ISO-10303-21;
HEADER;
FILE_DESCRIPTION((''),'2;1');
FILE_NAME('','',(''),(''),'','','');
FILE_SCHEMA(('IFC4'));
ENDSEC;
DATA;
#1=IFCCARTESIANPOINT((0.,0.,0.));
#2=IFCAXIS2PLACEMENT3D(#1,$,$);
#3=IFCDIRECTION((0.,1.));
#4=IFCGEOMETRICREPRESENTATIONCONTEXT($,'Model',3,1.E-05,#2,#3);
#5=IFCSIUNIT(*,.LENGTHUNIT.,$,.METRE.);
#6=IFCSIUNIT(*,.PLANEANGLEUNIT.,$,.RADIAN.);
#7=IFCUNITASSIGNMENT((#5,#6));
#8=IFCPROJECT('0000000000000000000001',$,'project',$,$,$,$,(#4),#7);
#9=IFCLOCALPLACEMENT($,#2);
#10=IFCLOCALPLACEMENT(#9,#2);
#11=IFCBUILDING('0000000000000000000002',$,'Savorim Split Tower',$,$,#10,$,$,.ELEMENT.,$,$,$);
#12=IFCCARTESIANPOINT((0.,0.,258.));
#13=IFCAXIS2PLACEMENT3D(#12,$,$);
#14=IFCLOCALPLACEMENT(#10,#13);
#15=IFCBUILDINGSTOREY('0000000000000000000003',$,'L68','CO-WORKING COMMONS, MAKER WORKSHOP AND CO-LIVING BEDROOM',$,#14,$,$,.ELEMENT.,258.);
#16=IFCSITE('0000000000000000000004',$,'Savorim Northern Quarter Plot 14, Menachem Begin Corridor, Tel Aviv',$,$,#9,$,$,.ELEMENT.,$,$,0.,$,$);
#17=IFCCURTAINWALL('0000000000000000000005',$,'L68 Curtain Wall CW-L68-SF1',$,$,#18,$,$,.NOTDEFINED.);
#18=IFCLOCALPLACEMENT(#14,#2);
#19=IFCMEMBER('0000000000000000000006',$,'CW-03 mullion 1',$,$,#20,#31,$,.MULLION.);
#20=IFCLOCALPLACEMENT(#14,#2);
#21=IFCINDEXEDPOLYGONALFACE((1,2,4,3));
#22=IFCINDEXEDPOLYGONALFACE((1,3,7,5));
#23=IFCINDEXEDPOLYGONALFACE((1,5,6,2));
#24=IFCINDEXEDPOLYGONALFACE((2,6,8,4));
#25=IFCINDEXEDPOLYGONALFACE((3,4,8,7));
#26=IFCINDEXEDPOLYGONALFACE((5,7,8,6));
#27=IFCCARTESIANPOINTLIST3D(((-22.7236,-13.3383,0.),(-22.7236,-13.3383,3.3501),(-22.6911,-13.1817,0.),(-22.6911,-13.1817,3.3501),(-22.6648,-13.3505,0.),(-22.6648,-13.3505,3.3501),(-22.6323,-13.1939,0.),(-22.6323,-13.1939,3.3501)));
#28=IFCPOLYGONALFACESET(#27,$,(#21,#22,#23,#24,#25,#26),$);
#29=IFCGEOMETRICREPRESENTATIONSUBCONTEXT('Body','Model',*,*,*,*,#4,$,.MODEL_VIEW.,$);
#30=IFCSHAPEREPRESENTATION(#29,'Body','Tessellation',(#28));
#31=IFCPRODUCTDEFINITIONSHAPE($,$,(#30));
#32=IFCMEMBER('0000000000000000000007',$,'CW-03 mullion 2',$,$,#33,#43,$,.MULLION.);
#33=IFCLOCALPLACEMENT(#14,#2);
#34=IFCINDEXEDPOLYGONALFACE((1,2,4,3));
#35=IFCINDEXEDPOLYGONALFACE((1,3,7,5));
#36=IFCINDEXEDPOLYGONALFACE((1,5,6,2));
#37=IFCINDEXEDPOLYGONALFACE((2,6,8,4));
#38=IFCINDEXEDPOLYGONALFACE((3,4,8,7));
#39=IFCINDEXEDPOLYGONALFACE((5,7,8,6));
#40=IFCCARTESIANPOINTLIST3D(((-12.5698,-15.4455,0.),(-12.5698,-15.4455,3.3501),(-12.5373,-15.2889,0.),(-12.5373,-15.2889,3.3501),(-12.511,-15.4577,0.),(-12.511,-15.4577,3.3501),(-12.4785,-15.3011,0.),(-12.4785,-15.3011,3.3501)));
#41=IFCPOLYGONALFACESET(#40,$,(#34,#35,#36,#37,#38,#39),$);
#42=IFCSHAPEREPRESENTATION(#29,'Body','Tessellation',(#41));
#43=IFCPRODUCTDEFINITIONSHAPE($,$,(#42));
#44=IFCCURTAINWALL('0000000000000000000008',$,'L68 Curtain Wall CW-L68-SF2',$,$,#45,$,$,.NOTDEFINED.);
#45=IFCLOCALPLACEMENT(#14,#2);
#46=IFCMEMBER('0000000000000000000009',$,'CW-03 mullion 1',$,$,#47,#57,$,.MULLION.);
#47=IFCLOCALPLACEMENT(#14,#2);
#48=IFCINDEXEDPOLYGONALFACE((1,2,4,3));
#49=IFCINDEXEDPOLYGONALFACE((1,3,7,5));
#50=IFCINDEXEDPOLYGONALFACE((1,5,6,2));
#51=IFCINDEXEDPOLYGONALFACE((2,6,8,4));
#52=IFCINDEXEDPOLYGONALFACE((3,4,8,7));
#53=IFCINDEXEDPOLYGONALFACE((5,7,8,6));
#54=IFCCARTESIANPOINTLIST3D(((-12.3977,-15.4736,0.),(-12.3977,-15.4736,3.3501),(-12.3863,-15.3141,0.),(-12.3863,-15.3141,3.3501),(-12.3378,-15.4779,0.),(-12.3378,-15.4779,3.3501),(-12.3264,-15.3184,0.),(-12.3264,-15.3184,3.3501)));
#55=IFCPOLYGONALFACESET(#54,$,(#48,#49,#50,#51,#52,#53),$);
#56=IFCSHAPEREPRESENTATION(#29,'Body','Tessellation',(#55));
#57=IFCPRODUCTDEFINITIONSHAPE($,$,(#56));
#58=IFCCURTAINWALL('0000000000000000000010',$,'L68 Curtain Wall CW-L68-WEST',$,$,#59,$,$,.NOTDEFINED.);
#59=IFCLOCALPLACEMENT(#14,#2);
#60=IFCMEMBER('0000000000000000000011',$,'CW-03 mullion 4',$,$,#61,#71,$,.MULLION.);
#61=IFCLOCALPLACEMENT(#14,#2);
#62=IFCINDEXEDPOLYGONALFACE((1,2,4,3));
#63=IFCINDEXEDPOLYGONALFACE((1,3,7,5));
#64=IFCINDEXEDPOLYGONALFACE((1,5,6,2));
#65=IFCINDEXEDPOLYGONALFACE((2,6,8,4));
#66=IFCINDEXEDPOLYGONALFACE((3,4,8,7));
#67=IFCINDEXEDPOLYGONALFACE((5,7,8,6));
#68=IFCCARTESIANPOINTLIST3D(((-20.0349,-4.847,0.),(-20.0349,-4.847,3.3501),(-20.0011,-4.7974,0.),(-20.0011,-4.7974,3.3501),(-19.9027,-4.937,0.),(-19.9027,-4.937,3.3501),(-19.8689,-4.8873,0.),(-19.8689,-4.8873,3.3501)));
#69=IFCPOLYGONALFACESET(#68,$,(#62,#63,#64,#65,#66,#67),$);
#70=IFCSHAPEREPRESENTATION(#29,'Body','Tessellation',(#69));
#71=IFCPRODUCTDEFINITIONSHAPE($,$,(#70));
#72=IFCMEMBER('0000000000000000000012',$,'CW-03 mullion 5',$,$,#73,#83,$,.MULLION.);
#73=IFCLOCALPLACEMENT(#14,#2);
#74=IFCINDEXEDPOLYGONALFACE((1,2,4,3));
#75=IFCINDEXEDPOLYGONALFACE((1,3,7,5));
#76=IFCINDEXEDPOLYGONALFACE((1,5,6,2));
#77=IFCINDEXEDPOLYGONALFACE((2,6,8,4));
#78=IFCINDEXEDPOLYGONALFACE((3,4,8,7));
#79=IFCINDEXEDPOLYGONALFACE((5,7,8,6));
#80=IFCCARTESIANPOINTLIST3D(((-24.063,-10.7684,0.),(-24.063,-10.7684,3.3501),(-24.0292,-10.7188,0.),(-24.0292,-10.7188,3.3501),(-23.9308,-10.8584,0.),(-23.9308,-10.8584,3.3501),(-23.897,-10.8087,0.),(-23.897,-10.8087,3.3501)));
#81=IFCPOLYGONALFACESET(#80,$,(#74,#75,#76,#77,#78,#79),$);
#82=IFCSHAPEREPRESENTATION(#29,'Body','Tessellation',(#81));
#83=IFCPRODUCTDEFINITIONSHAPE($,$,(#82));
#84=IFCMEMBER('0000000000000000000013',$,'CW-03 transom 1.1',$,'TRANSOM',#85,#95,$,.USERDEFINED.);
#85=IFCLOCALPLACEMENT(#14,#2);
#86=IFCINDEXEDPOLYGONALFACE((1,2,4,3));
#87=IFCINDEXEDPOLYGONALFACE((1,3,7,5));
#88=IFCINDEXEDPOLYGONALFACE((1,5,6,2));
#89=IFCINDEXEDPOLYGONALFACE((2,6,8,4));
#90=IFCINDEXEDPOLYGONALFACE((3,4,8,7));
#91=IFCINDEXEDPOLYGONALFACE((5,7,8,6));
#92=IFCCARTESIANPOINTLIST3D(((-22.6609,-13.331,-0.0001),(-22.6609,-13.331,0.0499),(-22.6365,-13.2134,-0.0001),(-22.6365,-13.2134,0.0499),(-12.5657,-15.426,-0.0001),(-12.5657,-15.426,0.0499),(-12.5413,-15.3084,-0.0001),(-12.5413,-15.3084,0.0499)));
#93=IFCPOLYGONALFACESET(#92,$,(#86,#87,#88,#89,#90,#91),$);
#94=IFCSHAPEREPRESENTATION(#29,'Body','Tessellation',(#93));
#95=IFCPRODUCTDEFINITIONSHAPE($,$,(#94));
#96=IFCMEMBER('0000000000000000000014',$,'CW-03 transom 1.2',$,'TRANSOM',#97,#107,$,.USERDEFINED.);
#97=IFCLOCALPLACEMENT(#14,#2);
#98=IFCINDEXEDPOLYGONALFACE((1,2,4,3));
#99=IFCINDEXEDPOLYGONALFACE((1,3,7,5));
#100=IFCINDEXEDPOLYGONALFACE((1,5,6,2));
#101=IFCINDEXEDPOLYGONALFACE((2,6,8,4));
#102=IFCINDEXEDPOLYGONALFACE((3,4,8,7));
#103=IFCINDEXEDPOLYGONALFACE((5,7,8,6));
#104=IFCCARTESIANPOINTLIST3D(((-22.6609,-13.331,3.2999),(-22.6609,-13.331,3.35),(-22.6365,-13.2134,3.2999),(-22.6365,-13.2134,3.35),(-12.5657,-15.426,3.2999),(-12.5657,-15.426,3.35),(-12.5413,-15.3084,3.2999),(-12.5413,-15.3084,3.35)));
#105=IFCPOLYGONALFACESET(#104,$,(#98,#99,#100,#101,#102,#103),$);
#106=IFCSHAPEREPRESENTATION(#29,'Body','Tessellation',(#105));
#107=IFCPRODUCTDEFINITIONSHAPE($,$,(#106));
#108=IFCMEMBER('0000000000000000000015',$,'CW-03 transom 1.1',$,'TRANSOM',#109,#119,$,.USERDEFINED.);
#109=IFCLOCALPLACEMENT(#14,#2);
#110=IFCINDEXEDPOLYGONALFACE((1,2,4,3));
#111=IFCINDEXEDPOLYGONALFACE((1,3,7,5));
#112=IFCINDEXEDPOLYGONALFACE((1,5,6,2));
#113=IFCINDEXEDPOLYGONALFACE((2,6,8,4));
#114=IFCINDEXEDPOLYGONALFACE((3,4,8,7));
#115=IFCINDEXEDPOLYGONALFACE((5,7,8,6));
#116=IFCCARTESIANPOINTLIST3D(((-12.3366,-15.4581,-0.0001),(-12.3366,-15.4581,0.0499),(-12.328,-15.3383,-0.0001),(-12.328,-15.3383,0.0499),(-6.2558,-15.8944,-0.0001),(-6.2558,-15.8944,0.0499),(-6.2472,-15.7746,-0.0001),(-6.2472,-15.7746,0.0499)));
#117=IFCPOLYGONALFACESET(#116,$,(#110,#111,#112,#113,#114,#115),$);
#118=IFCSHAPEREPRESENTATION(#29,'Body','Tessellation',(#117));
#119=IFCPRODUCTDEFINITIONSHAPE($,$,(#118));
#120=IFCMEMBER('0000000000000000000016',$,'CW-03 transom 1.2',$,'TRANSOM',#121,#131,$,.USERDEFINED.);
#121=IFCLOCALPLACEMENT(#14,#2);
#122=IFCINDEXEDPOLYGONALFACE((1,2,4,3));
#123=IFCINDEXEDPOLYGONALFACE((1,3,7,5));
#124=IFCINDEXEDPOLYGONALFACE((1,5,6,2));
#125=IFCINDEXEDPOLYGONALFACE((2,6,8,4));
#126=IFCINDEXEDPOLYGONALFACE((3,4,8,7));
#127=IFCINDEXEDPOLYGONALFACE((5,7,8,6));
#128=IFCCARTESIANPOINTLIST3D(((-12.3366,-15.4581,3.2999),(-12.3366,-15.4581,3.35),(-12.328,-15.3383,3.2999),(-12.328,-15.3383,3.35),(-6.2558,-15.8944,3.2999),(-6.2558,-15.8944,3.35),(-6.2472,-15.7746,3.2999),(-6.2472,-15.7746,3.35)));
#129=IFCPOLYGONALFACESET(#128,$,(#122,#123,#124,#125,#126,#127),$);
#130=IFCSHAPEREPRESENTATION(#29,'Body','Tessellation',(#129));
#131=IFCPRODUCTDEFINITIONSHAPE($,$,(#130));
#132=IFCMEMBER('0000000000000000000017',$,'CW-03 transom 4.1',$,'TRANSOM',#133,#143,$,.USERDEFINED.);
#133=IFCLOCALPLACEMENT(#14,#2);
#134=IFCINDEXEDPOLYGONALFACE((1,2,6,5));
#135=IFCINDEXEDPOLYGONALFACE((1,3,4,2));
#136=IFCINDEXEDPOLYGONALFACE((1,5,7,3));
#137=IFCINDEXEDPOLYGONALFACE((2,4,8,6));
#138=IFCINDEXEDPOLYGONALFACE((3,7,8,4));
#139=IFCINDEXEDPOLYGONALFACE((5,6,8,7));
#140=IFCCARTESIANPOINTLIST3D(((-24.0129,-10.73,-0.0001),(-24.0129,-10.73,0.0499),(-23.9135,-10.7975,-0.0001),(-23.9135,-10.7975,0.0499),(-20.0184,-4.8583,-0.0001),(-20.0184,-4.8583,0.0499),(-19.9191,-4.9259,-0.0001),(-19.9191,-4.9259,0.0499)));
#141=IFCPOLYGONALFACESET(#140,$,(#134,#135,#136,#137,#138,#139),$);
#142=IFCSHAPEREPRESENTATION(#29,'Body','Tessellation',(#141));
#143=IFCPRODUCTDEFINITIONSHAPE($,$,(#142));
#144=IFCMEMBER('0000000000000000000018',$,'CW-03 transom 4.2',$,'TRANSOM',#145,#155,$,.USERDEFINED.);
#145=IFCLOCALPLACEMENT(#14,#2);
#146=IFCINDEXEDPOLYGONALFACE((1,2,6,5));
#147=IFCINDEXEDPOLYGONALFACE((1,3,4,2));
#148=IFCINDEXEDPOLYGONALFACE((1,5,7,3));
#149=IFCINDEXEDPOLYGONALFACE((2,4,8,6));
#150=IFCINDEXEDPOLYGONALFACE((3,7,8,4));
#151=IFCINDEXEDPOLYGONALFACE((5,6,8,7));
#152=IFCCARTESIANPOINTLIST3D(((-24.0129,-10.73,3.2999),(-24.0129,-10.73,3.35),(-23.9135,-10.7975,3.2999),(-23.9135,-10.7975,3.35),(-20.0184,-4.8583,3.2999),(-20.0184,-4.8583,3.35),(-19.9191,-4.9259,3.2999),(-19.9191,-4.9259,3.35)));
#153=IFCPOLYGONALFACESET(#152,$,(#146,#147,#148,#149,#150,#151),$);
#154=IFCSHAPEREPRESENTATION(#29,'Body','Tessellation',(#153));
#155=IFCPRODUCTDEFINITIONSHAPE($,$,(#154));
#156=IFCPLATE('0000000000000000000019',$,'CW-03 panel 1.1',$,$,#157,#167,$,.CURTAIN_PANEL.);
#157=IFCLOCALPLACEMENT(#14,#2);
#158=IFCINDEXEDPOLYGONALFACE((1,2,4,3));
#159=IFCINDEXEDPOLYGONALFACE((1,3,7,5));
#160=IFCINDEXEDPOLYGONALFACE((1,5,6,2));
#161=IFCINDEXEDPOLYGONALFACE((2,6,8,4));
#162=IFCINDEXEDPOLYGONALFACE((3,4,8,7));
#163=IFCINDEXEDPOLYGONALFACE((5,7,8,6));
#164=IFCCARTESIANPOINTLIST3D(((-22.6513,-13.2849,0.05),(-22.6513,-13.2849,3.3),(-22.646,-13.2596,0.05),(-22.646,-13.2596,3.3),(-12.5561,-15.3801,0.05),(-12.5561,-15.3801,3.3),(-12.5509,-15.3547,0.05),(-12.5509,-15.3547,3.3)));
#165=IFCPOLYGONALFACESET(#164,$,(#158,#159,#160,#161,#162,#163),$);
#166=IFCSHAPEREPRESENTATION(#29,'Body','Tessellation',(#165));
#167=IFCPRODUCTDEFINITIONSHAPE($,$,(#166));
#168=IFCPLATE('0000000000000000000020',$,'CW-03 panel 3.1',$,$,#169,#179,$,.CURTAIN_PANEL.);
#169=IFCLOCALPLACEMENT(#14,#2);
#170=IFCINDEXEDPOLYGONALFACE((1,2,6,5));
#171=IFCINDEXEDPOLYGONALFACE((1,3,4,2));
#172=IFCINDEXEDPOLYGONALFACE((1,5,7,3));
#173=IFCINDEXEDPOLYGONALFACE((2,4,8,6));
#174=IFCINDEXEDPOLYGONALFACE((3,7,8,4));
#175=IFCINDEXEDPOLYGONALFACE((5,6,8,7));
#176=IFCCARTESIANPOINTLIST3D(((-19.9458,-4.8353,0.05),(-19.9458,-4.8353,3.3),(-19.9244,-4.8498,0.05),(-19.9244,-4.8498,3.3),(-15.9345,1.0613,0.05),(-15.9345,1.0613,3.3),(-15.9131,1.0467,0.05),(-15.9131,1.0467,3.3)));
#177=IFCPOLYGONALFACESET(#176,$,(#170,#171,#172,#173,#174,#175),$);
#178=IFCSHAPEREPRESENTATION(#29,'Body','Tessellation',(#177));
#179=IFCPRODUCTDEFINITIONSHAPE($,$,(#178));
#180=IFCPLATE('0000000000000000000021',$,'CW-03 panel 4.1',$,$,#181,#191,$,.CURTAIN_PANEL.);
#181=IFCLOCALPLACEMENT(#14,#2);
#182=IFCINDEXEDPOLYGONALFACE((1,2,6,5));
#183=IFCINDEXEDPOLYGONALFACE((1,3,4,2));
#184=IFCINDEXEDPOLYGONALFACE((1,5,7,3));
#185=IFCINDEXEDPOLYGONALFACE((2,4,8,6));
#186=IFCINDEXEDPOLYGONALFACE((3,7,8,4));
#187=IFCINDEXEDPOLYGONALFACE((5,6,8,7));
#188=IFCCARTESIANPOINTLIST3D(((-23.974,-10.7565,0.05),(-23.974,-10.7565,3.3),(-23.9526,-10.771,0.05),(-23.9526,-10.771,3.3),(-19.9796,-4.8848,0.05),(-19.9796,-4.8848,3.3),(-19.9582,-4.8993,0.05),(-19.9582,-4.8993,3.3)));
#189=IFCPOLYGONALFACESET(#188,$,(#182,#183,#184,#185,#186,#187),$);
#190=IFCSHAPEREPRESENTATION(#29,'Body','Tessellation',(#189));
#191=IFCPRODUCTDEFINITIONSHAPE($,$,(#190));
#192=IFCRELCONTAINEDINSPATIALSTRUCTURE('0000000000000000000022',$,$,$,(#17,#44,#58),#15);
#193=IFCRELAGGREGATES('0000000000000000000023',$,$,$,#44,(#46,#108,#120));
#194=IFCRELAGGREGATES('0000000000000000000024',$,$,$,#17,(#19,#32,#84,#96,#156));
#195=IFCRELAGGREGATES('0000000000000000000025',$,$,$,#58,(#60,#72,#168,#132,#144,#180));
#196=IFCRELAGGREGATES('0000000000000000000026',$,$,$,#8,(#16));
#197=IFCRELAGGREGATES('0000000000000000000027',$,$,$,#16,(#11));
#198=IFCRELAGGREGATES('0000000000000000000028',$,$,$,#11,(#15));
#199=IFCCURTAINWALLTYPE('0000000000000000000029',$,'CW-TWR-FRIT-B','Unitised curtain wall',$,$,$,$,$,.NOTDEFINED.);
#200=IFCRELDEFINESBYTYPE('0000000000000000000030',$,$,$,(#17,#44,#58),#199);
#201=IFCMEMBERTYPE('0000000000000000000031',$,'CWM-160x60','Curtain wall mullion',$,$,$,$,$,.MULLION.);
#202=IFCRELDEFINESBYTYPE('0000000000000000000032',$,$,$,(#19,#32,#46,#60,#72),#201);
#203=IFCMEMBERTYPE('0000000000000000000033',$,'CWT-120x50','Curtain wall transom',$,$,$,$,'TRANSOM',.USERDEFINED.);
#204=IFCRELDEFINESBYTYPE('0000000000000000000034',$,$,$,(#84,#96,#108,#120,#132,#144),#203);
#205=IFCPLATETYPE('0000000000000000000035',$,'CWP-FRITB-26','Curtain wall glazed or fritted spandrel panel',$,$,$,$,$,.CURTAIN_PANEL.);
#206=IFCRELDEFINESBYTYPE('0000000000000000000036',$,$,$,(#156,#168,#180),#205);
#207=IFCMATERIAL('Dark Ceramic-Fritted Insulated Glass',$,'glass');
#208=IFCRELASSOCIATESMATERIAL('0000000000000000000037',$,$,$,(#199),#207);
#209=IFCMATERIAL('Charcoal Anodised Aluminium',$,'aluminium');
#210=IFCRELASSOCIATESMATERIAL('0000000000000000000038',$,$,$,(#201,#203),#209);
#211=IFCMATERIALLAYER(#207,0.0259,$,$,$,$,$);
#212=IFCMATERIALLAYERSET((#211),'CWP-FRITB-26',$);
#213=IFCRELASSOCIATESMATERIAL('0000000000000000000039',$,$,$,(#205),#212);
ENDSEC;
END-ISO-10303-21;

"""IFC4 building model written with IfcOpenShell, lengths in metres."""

from ifc_helpers import new_model, si_unit, direction, frame, origin, origin_2d, place, context, subcontext, project, spatial, rectangle, extrude, material, layer, layer_set, material_profile, profile_set, type_object, element, aggregate, save


model = new_model("IFC4")

# Units and contexts
model_context = context("Model", 3, precision=1e-05, world=origin(), true_north=direction((0.0, 1.0)))
body_context = subcontext(model_context, "Body", "Model", "MODEL_VIEW")
ifc_project = project(units=[si_unit("LENGTHUNIT", "METRE"), si_unit("PLANEANGLEUNIT", "RADIAN")], contexts=[model_context])

# Site, building, storey
site_placement = place(None, origin())
site = spatial("IfcSite", under=ifc_project, at=site_placement, Name="Savorim Northern Quarter Plot 14, Menachem Begin Corridor, Tel Aviv", CompositionType="ELEMENT", RefElevation=0.0)
building_placement = place(site_placement, origin())
building = spatial("IfcBuilding", under=site, at=building_placement, Name="Savorim Split Tower", CompositionType="ELEMENT")
storey_placement = place(building_placement, frame((0.0, 0.0, 258.0)))
storey = spatial("IfcBuildingStorey", under=building, at=storey_placement, Name="L68", Description="CO-WORKING COMMONS, MAKER WORKSHOP AND CO-LIVING BEDROOM", CompositionType="ELEMENT", Elevation=258.0)

# Curtain wall, members
ifc_material_1 = material(Name="Dark Ceramic-Fritted Insulated Glass", Category="glass")
curtain_wall_type = type_object("IfcCurtainWallType", Name="CW-TWR-FRIT-B", Description="Unitised curtain wall", PredefinedType="NOTDEFINED", material=ifc_material_1)
curtain_wall_1_placement = place(storey_placement, origin())
curtain_wall_1 = element("IfcCurtainWall", 1, at=curtain_wall_1_placement, inside=storey, type_object=curtain_wall_type, Name="L68 Curtain Wall CW-L68-SF1", PredefinedType="NOTDEFINED")
ifc_material_2 = material(Name="Charcoal Anodised Aluminium", Category="aluminium")
ifc_material_profile_1 = material_profile(ifc_material_2, rectangle(XDim=0.1599, YDim=0.0601, at=origin_2d()), Name="ALU-M 160x60")
ifc_profile_set_1 = profile_set([ifc_material_profile_1], Name="Charcoal Anodised Aluminium")
member_type_1 = type_object("IfcMemberType", Name="CWM-160x60", Description="Curtain wall mullion", PredefinedType="MULLION", material=ifc_profile_set_1)
member_1_placement = place(storey_placement, frame((-22.678, -13.2661, 0.0), z_axis=(0.0, 0.0, 1.0), x_axis=(0.203208, 0.979136, 0.0)))
member_1 = element("IfcMember", 2, at=member_1_placement, type_object=member_type_1, Name="CW-03 mullion 1", PredefinedType="MULLION", context=body_context, shape_type="SweptSolid", body=[
    extrude(rectangle(XDim=0.1599, YDim=0.0601, at=origin_2d()), origin(), (0.0, 0.0, 1.0), 3.3501),
])
member_2_placement = place(storey_placement, frame((-12.5242, -15.3733, 0.0), z_axis=(0.0, 0.0, 1.0), x_axis=(0.203208, 0.979136, 0.0)))
member_2 = element("IfcMember", 3, at=member_2_placement, type_object=member_type_1, Name="CW-03 mullion 2", PredefinedType="MULLION", context=body_context, shape_type="SweptSolid", body=[
    extrude(rectangle(XDim=0.1599, YDim=0.0601, at=origin_2d()), origin(), (0.0, 0.0, 1.0), 3.3501),
])

# Curtain wall, member
curtain_wall_2_placement = place(storey_placement, origin())
curtain_wall_2 = element("IfcCurtainWall", 4, at=curtain_wall_2_placement, inside=storey, type_object=curtain_wall_type, Name="L68 Curtain Wall CW-L68-SF2", PredefinedType="NOTDEFINED")
member_3_placement = place(storey_placement, frame((-12.3621, -15.396, 0.0), z_axis=(0.0, 0.0, 1.0), x_axis=(0.071562, 0.997436, 0.0)))
member_3 = element("IfcMember", 5, at=member_3_placement, type_object=member_type_1, Name="CW-03 mullion 1", PredefinedType="MULLION", context=body_context, shape_type="SweptSolid", body=[
    extrude(rectangle(XDim=0.1599, YDim=0.0601, at=origin_2d()), origin(), (0.0, 0.0, 1.0), 3.3501),
])

# Curtain wall, members
curtain_wall_3_placement = place(storey_placement, origin())
curtain_wall_3 = element("IfcCurtainWall", 6, at=curtain_wall_3_placement, inside=storey, type_object=curtain_wall_type, Name="L68 Curtain Wall CW-L68-WEST", PredefinedType="NOTDEFINED")
member_4_placement = place(storey_placement, frame((-19.9519, -4.8672, 0.0), z_axis=(0.0, 0.0, 1.0), x_axis=(0.826817, -0.56247, 0.0)))
member_4 = element("IfcMember", 7, at=member_4_placement, type_object=member_type_1, Name="CW-03 mullion 4", PredefinedType="MULLION", context=body_context, shape_type="SweptSolid", body=[
    extrude(rectangle(XDim=0.1599, YDim=0.0601, at=origin_2d()), origin(), (0.0, 0.0, 1.0), 3.3501),
])
member_5_placement = place(storey_placement, frame((-23.98, -10.7886, 0.0), z_axis=(0.0, 0.0, 1.0), x_axis=(0.826817, -0.56247, 0.0)))
member_5 = element("IfcMember", 8, at=member_5_placement, type_object=member_type_1, Name="CW-03 mullion 5", PredefinedType="MULLION", context=body_context, shape_type="SweptSolid", body=[
    extrude(rectangle(XDim=0.1599, YDim=0.0601, at=origin_2d()), origin(), (0.0, 0.0, 1.0), 3.3501),
])

# Members
ifc_material_profile_2 = material_profile(ifc_material_2, rectangle(XDim=0.1201, YDim=0.05, at=origin_2d()), Name="ALU-T 120x50")
ifc_profile_set_2 = profile_set([ifc_material_profile_2], Name="Charcoal Anodised Aluminium")
member_type_2 = type_object("IfcMemberType", Name="CWT-120x50", Description="Curtain wall transom", ElementType="TRANSOM", PredefinedType="USERDEFINED", material=ifc_profile_set_2)
member_6_placement = place(storey_placement, frame((-22.6487, -13.2722, 0.0249), z_axis=(0.979139, -0.203192, 0.0), x_axis=(0.203192, 0.979139, 0.0)))
member_6 = element("IfcMember", 9, at=member_6_placement, type_object=member_type_2, Name="CW-03 transom 1.1", ObjectType="TRANSOM", PredefinedType="USERDEFINED", context=body_context, shape_type="SweptSolid", body=[
    extrude(rectangle(XDim=0.1201, YDim=0.05, at=origin_2d()), origin(), (0.0, 0.0, 1.0), 10.3103),
])
member_7_placement = place(storey_placement, frame((-22.6487, -13.2722, 3.325), z_axis=(0.979139, -0.203192, 0.0), x_axis=(0.203192, 0.979139, 0.0)))
member_7 = element("IfcMember", 10, at=member_7_placement, type_object=member_type_2, Name="CW-03 transom 1.2", ObjectType="TRANSOM", PredefinedType="USERDEFINED", context=body_context, shape_type="SweptSolid", body=[
    extrude(rectangle(XDim=0.1201, YDim=0.05, at=origin_2d()), origin(), (0.0, 0.0, 1.0), 10.3103),
])
member_8_placement = place(storey_placement, frame((-12.3323, -15.3982, 0.0249), z_axis=(0.997436, -0.071563, 0.0), x_axis=(0.071563, 0.997436, 0.0)))
member_8 = element("IfcMember", 11, at=member_8_placement, type_object=member_type_2, Name="CW-03 transom 1.1", ObjectType="TRANSOM", PredefinedType="USERDEFINED", context=body_context, shape_type="SweptSolid", body=[
    extrude(rectangle(XDim=0.1201, YDim=0.05, at=origin_2d()), origin(), (0.0, 0.0, 1.0), 6.0964),
])
member_9_placement = place(storey_placement, frame((-12.3323, -15.3982, 3.325), z_axis=(0.997436, -0.071563, 0.0), x_axis=(0.071563, 0.997436, 0.0)))
member_9 = element("IfcMember", 12, at=member_9_placement, type_object=member_type_2, Name="CW-03 transom 1.2", ObjectType="TRANSOM", PredefinedType="USERDEFINED", context=body_context, shape_type="SweptSolid", body=[
    extrude(rectangle(XDim=0.1201, YDim=0.05, at=origin_2d()), origin(), (0.0, 0.0, 1.0), 6.0964),
])
aggregate(curtain_wall_2, [member_3, member_8, member_9])
member_10_placement = place(storey_placement, frame((-19.9688, -4.8921, 0.0249), z_axis=(-0.562475, -0.826815, 0.0), x_axis=(0.826815, -0.562475, 0.0)))
member_10 = element("IfcMember", 13, at=member_10_placement, type_object=member_type_2, Name="CW-03 transom 4.1", ObjectType="TRANSOM", PredefinedType="USERDEFINED", context=body_context, shape_type="SweptSolid", body=[
    extrude(rectangle(XDim=0.1201, YDim=0.05, at=origin_2d()), origin(), (0.0, 0.0, 1.0), 7.1016),
])
member_11_placement = place(storey_placement, frame((-19.9688, -4.8921, 3.325), z_axis=(-0.562475, -0.826815, 0.0), x_axis=(0.826815, -0.562475, 0.0)))
member_11 = element("IfcMember", 14, at=member_11_placement, type_object=member_type_2, Name="CW-03 transom 4.2", ObjectType="TRANSOM", PredefinedType="USERDEFINED", context=body_context, shape_type="SweptSolid", body=[
    extrude(rectangle(XDim=0.1201, YDim=0.05, at=origin_2d()), origin(), (0.0, 0.0, 1.0), 7.1016),
])

# Plates
ifc_layer_1 = layer(ifc_material_1, 0.0259)
ifc_layer_set_1 = layer_set([ifc_layer_1], Name="CWP-FRITB-26")
plate_type = type_object("IfcPlateType", Name="CWP-FRITB-26", Description="Curtain wall glazed or fritted spandrel panel", PredefinedType="CURTAIN_PANEL", material=ifc_layer_set_1)
plate_1_placement = place(storey_placement, frame((-17.6011, -14.3198, 0.05), z_axis=(0.0, 0.0, 1.0), x_axis=(0.979136, -0.203208, 0.0)))
plate_1 = element("IfcPlate", 15, at=plate_1_placement, type_object=plate_type, Name="CW-03 panel 1.1", PredefinedType="CURTAIN_PANEL", context=body_context, shape_type="SweptSolid", body=[
    extrude(rectangle(XDim=10.3103, YDim=0.0259, at=origin_2d()), origin(), (0.0, 0.0, 1.0), 3.25),
])
aggregate(curtain_wall_1, [member_1, member_2, member_6, member_7, plate_1])
plate_2_placement = place(storey_placement, frame((-17.9294, -1.8943, 0.05), z_axis=(0.0, 0.0, 1.0), x_axis=(-0.56247, -0.826817, 0.0)))
plate_2 = element("IfcPlate", 16, at=plate_2_placement, type_object=plate_type, Name="CW-03 panel 3.1", PredefinedType="CURTAIN_PANEL", context=body_context, shape_type="SweptSolid", body=[
    extrude(rectangle(XDim=7.1316, YDim=0.0259, at=origin_2d()), origin(), (0.0, 0.0, 1.0), 3.25),
])
plate_3_placement = place(storey_placement, frame((-21.9661, -7.8279, 0.05), z_axis=(0.0, 0.0, 1.0), x_axis=(-0.56247, -0.826817, 0.0)))
plate_3 = element("IfcPlate", 17, at=plate_3_placement, type_object=plate_type, Name="CW-03 panel 4.1", PredefinedType="CURTAIN_PANEL", context=body_context, shape_type="SweptSolid", body=[
    extrude(rectangle(XDim=7.1016, YDim=0.0259, at=origin_2d()), origin(), (0.0, 0.0, 1.0), 3.25),
])
aggregate(curtain_wall_3, [member_4, member_5, plate_2, member_10, member_11, plate_3])

save(model, "model.ifc")
